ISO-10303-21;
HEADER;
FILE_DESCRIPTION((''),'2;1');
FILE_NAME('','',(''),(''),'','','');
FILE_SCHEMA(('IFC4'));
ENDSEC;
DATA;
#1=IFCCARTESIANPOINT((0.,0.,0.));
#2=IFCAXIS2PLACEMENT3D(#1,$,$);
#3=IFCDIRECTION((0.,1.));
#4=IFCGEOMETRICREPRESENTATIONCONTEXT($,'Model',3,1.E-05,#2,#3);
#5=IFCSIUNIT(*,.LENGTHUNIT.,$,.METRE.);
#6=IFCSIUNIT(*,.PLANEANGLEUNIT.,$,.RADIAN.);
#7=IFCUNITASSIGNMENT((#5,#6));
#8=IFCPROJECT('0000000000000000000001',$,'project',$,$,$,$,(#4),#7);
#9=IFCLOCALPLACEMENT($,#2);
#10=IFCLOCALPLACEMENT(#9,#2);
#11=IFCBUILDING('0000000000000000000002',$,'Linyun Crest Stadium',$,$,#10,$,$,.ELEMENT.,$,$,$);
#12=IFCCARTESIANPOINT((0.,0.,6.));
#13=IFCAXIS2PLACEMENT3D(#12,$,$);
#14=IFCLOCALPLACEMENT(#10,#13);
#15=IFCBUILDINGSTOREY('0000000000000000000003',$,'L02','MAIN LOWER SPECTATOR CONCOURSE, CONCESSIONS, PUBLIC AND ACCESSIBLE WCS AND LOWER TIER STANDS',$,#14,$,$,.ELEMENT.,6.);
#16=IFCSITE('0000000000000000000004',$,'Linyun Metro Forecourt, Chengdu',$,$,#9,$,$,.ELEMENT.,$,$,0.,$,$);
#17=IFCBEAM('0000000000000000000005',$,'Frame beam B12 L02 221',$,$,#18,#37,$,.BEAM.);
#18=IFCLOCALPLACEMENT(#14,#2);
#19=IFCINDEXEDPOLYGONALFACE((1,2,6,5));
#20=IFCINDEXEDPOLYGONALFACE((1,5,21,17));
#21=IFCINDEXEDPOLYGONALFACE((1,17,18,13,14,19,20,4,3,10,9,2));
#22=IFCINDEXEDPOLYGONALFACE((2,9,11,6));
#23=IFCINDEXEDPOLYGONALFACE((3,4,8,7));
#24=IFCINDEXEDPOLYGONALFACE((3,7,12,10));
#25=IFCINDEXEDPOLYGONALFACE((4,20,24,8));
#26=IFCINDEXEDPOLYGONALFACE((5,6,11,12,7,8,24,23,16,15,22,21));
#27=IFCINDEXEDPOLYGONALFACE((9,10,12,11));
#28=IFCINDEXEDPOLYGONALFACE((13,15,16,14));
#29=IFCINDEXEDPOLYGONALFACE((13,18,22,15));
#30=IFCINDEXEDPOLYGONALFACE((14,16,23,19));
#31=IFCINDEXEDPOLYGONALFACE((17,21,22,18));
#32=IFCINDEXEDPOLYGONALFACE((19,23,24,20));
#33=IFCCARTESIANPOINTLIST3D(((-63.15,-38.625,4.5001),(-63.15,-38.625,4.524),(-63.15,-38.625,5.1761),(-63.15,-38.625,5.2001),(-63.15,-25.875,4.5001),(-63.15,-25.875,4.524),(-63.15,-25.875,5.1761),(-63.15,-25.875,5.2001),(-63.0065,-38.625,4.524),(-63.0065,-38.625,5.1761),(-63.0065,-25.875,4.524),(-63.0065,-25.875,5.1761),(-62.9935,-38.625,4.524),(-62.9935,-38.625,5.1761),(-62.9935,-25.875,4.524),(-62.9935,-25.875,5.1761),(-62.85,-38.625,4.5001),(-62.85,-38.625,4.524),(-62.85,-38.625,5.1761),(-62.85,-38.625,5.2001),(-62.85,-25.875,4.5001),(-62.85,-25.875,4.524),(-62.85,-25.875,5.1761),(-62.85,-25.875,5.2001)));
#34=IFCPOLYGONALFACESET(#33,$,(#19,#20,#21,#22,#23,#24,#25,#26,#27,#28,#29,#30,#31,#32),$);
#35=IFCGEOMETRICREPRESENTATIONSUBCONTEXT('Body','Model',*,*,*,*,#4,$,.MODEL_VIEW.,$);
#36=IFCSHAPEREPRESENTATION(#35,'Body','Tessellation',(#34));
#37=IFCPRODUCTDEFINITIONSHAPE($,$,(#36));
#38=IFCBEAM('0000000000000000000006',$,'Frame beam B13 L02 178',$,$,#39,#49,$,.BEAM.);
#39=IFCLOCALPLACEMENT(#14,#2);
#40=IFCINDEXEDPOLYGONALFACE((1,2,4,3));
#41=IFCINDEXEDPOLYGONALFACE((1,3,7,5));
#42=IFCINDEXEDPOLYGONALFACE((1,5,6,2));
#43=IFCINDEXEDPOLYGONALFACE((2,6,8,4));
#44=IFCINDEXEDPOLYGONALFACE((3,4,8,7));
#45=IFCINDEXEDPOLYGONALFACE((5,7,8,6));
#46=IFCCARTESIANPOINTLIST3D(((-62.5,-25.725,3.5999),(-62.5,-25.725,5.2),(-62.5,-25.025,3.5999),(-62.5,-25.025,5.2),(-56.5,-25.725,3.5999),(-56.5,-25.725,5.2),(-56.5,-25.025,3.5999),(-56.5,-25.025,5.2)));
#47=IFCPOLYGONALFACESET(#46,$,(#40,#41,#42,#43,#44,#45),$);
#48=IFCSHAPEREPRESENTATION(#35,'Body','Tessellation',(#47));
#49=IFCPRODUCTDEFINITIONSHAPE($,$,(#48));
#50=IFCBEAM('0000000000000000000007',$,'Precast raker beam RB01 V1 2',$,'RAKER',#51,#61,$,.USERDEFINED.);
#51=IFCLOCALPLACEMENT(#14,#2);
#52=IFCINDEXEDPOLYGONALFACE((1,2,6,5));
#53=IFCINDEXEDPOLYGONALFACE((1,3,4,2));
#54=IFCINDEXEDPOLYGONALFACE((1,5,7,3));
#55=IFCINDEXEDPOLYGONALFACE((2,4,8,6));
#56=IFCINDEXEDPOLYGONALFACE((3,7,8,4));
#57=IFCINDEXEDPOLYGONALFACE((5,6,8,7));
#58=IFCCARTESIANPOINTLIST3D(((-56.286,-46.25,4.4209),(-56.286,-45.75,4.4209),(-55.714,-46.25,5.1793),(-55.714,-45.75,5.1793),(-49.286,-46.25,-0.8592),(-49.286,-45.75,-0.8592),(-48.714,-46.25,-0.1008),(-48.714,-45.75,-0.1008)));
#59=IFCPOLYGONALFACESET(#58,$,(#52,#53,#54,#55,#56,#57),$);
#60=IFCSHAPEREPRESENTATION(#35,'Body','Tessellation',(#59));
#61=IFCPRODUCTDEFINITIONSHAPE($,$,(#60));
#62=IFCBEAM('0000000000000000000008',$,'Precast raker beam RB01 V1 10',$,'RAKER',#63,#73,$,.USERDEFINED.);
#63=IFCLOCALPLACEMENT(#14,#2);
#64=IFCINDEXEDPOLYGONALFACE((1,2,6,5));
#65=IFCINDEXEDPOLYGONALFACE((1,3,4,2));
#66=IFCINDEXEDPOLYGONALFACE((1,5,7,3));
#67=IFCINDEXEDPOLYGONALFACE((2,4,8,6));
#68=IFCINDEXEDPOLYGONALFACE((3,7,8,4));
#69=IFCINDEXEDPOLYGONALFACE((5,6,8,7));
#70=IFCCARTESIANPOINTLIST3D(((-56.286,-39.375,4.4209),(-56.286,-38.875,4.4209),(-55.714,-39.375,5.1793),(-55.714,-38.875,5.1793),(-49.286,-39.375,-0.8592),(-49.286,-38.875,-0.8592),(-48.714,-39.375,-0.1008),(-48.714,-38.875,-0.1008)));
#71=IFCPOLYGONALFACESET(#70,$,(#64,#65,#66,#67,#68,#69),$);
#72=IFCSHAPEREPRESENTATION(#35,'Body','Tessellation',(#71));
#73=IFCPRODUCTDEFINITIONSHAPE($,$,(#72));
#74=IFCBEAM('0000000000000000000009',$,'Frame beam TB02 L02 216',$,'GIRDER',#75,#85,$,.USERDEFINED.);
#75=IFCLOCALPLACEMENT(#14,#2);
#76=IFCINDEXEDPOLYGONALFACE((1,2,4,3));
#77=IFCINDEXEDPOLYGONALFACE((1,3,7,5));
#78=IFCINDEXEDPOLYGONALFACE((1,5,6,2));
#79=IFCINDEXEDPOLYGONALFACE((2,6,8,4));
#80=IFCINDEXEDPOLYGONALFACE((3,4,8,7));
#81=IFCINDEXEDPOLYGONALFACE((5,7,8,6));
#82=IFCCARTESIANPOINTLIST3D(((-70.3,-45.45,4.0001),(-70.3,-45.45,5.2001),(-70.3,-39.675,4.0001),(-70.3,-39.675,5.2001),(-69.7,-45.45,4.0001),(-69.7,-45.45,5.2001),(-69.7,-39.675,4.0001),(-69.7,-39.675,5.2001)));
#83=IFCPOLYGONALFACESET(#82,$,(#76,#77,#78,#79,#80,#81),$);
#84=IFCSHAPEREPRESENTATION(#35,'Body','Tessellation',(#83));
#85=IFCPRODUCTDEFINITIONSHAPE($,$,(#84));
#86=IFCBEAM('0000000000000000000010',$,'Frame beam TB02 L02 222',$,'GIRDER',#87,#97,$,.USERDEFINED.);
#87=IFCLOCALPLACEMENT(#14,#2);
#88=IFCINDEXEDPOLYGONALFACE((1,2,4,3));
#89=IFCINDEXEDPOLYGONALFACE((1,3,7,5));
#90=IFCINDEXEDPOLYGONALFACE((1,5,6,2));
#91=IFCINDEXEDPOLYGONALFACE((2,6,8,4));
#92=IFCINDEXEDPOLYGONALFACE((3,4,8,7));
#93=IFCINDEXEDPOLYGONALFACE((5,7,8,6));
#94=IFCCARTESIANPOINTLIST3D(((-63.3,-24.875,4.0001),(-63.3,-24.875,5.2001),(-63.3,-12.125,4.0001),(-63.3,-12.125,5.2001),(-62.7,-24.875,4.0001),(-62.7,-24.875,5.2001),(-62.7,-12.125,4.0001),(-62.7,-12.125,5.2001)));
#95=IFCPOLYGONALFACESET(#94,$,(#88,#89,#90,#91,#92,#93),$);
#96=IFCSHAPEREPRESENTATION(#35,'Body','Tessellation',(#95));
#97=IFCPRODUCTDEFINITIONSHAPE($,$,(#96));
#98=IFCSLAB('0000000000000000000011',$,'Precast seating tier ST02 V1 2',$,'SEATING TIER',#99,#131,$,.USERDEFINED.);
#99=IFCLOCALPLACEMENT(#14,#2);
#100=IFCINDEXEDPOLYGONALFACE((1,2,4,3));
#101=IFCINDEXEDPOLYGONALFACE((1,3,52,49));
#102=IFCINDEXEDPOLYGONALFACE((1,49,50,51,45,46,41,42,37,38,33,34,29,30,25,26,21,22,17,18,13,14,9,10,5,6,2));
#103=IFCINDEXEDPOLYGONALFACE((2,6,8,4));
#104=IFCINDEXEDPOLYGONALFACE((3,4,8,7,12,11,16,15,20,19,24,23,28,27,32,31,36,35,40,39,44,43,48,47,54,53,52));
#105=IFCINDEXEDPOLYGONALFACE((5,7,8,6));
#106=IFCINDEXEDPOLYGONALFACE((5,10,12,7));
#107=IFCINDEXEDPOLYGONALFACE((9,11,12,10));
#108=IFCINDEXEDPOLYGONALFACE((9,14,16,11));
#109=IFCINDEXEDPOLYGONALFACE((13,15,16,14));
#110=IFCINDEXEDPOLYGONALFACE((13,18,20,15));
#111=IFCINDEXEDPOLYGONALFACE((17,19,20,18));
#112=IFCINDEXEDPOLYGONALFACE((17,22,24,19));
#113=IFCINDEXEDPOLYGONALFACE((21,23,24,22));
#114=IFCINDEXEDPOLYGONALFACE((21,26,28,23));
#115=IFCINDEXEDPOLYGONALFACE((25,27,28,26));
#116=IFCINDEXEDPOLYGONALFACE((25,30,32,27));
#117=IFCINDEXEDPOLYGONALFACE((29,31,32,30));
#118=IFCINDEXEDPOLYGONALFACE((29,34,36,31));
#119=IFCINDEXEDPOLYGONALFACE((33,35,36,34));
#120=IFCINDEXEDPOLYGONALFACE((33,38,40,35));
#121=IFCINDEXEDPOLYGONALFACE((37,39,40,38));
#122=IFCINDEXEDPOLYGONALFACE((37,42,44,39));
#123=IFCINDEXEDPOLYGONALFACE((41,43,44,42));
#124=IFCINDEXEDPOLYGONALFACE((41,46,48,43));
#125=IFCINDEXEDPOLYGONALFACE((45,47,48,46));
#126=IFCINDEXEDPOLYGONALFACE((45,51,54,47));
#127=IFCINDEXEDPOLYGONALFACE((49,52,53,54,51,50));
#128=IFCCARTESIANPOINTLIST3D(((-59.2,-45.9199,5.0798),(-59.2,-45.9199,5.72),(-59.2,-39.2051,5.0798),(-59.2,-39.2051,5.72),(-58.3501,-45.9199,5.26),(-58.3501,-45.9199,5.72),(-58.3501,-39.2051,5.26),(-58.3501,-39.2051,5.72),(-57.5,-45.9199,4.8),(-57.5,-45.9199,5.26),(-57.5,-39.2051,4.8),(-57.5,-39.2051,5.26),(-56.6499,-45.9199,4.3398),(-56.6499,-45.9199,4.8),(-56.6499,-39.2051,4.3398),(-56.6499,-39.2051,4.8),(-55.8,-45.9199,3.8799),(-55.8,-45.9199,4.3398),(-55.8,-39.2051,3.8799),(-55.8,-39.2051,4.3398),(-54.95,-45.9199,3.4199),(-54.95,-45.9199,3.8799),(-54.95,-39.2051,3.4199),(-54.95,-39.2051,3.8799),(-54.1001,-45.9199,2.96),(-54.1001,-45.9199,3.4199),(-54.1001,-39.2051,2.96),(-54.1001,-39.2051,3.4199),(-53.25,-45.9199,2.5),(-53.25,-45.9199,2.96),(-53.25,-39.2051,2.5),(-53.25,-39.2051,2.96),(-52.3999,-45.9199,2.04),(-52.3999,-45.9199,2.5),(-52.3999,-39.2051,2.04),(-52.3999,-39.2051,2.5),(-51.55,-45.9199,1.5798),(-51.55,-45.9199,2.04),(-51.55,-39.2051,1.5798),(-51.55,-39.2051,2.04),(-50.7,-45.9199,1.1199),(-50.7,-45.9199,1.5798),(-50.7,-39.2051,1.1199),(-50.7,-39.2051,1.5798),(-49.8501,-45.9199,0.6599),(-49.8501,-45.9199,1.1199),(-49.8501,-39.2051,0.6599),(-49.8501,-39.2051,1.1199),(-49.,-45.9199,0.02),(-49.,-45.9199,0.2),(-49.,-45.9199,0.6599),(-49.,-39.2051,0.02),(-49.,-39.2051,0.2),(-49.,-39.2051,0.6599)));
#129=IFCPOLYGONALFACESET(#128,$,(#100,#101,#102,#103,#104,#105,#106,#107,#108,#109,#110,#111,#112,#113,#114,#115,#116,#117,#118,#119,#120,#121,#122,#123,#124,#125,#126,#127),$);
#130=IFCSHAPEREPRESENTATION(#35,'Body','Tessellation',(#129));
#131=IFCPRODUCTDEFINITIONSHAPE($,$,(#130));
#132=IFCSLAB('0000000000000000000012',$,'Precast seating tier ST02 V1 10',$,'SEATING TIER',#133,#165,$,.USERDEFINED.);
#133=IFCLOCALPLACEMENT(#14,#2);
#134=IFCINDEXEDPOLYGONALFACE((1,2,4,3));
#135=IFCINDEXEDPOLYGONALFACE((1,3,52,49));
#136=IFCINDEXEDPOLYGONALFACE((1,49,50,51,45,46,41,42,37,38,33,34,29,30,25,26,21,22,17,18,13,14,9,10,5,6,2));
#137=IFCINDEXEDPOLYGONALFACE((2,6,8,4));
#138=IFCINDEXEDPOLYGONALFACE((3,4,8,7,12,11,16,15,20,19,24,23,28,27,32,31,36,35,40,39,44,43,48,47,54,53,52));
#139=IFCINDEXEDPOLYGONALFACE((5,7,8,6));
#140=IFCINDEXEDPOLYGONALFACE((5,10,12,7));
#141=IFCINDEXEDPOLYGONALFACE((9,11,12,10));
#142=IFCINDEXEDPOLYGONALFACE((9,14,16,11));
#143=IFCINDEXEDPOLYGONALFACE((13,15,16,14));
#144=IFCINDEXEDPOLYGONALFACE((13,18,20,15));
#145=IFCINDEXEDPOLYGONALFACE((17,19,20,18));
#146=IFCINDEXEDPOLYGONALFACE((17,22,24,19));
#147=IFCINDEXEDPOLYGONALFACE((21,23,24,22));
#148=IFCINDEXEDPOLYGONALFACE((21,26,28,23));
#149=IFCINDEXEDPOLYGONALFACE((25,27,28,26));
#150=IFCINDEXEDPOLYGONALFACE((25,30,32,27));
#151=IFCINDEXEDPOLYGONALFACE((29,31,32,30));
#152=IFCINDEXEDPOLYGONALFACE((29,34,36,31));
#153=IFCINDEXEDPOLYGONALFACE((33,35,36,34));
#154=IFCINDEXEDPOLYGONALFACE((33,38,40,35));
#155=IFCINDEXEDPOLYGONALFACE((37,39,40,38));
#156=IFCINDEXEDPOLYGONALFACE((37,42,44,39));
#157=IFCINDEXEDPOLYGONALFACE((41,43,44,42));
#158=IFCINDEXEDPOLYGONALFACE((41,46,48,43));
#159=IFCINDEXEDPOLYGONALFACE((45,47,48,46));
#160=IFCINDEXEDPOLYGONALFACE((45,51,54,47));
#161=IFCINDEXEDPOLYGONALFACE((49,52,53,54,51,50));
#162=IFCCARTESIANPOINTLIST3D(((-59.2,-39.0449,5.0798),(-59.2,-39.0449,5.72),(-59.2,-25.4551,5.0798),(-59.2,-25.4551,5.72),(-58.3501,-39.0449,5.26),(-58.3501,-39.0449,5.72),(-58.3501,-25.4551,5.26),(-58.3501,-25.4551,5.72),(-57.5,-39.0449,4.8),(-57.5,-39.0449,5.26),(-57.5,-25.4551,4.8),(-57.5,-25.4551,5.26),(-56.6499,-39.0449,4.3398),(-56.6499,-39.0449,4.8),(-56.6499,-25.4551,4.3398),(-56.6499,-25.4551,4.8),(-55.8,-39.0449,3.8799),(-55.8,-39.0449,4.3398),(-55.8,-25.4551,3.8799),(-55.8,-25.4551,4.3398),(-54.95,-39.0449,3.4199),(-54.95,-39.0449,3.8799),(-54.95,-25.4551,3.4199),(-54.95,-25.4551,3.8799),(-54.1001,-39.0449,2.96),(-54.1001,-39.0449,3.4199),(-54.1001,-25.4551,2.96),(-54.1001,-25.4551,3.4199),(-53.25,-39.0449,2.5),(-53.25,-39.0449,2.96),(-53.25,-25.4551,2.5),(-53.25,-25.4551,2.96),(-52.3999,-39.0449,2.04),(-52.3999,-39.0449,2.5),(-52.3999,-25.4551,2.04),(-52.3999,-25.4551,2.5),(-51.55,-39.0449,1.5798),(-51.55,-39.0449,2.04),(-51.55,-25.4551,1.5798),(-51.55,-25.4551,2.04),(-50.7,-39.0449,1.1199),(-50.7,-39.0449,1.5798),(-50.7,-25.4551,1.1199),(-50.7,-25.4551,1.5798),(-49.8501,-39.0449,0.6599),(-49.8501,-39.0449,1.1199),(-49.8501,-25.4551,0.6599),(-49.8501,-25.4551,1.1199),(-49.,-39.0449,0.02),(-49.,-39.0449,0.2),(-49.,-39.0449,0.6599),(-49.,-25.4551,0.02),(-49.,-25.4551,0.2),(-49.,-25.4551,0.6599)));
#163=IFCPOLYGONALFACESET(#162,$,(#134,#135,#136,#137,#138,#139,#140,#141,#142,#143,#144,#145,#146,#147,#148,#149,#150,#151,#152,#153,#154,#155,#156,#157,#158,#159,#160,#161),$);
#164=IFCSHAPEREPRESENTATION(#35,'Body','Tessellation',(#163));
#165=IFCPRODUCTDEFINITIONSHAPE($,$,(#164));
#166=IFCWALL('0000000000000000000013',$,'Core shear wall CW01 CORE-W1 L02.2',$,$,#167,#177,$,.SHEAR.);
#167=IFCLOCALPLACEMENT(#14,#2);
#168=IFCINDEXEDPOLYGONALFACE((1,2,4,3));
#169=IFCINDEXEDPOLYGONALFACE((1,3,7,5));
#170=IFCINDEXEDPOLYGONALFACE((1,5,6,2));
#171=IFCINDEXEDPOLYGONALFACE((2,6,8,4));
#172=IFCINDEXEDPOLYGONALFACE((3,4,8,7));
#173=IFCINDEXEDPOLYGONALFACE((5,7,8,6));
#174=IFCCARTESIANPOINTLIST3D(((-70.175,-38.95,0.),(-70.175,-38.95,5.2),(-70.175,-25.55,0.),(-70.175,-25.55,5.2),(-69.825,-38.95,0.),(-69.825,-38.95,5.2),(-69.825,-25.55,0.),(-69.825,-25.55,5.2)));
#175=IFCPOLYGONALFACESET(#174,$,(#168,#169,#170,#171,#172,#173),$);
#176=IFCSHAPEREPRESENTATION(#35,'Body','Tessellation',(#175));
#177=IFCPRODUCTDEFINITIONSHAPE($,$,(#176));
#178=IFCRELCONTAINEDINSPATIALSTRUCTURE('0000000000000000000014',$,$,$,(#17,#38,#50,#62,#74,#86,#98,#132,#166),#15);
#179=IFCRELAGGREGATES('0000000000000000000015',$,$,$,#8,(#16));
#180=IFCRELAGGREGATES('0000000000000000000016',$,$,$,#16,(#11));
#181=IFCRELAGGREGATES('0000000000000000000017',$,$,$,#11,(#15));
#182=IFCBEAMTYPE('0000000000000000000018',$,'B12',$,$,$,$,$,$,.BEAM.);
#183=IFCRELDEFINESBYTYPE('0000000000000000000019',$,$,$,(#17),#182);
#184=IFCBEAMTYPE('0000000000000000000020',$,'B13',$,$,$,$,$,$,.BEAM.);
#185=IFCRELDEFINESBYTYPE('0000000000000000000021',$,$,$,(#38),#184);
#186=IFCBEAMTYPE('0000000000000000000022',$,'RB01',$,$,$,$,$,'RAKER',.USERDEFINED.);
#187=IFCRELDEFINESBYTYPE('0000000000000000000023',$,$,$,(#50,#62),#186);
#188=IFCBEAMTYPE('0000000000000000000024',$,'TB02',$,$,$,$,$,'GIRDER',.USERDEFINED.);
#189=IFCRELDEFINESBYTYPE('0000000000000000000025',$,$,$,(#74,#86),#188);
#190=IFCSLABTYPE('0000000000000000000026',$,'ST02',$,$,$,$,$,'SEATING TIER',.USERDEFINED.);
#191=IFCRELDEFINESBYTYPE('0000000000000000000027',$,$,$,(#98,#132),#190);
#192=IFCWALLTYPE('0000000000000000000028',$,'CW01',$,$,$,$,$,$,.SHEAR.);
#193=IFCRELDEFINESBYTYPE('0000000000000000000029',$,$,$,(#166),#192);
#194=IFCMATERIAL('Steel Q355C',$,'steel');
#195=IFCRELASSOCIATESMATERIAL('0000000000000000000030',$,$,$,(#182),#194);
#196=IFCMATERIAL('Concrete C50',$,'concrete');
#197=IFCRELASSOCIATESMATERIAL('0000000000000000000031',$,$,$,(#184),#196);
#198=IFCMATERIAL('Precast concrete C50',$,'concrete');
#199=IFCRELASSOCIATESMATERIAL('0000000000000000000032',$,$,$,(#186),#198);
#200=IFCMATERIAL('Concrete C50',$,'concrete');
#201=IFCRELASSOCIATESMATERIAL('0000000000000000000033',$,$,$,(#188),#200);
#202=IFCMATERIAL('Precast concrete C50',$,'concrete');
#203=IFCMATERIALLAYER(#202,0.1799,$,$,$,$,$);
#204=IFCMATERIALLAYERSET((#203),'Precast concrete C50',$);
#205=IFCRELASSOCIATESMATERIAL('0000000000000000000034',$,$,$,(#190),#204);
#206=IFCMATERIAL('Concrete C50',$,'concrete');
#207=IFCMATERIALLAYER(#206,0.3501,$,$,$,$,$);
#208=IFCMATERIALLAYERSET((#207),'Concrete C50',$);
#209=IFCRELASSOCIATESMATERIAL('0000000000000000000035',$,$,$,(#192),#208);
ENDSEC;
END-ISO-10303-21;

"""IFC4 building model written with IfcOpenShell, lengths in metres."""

from ifc_helpers import new_model, si_unit, direction, frame, frame_2d, origin, origin_2d, place, context, subcontext, project, spatial, polyline, rectangle, i_section, outline, extrude, material, layer, layer_set, material_profile, profile_set, type_object, element, save


model = new_model("IFC4")

# Units and contexts
model_context = context("Model", 3, precision=1e-05, world=origin(), true_north=direction((0.0, 1.0)))
body_context = subcontext(model_context, "Body", "Model", "MODEL_VIEW")
ifc_project = project(units=[si_unit("LENGTHUNIT", "METRE"), si_unit("PLANEANGLEUNIT", "RADIAN")], contexts=[model_context])

# Site, building, storey
site_placement = place(None, origin())
site = spatial("IfcSite", under=ifc_project, at=site_placement, Name="Linyun Metro Forecourt, Chengdu", CompositionType="ELEMENT", RefElevation=0.0)
building_placement = place(site_placement, origin())
building = spatial("IfcBuilding", under=site, at=building_placement, Name="Linyun Crest Stadium", CompositionType="ELEMENT")
storey_placement = place(building_placement, frame((0.0, 0.0, 6.0)))
storey = spatial("IfcBuildingStorey", under=building, at=storey_placement, Name="L02", Description="MAIN LOWER SPECTATOR CONCOURSE, CONCESSIONS, PUBLIC AND ACCESSIBLE WCS AND LOWER TIER STANDS", CompositionType="ELEMENT", Elevation=6.0)

# Beams
ifc_material_1 = material(Name="Steel Q355C", Category="steel")
ifc_material_profile_1 = material_profile(ifc_material_1, i_section(OverallWidth=0.3, OverallDepth=0.7, WebThickness=0.0129, FlangeThickness=0.0239, at=origin_2d()), Name="HN 700x300")
ifc_profile_set_1 = profile_set([ifc_material_profile_1], Name="Steel Q355C")
beam_type_1 = type_object("IfcBeamType", Name="B12", PredefinedType="BEAM", material=ifc_profile_set_1)
beam_1_placement = place(storey_placement, frame((-63.0, -38.625, 4.8501), z_axis=(0.0, 1.0, 0.0), x_axis=(-1.0, 0.0, 0.0)))
element("IfcBeam", 1, at=beam_1_placement, inside=storey, type_object=beam_type_1, Name="Frame beam B12 L02 221", PredefinedType="BEAM", context=body_context, shape_type="SweptSolid", body=[
    extrude(i_section(OverallWidth=0.3, OverallDepth=0.7, WebThickness=0.0129, FlangeThickness=0.0239, at=origin_2d()), origin(), (0.0, 0.0, 1.0), 12.75),
])
ifc_material_2 = material(Name="Concrete C50", Category="concrete")
ifc_material_profile_2 = material_profile(ifc_material_2, rectangle(XDim=0.7, YDim=1.6001, at=origin_2d()), Name="RCB 1600x700")
ifc_profile_set_2 = profile_set([ifc_material_profile_2], Name="Concrete C50")
beam_type_2 = type_object("IfcBeamType", Name="B13", PredefinedType="BEAM", material=ifc_profile_set_2)
beam_2_placement = place(storey_placement, frame((-62.5, -25.375, 4.3999), z_axis=(1.0, 0.0, 0.0), x_axis=(0.0, 1.0, 0.0)))
element("IfcBeam", 2, at=beam_2_placement, inside=storey, type_object=beam_type_2, Name="Frame beam B13 L02 178", PredefinedType="BEAM", context=body_context, shape_type="SweptSolid", body=[
    extrude(rectangle(XDim=0.7, YDim=1.6001, at=origin_2d()), origin(), (0.0, 0.0, 1.0), 6.0),
])
ifc_material_3 = material(Name="Precast concrete C50", Category="concrete")
ifc_material_profile_3 = material_profile(ifc_material_3, rectangle(XDim=0.5, YDim=0.95, at=origin_2d()), Name="PCR 950x500")
ifc_profile_set_3 = profile_set([ifc_material_profile_3], Name="Precast concrete C50")
beam_type_3 = type_object("IfcBeamType", Name="RB01", ElementType="RAKER", PredefinedType="USERDEFINED", material=ifc_profile_set_3)
for number, where, z_axis, x_axis, name in (
    (3, (-49.0, -46.0, -0.48), (-0.798353, 0.0, 0.60219), (0.0, -1.0, 0.0), "Precast raker beam RB01 V1 2"),
    (4, (-49.0, -39.125, -0.48), (-0.798353, 0.0, 0.60219), (0.0, -1.0, 0.0), "Precast raker beam RB01 V1 10"),
):
    element("IfcBeam", number, at=place(storey_placement, frame(where, z_axis=z_axis, x_axis=x_axis)), inside=storey, type_object=beam_type_3, Name=name, ObjectType="RAKER", PredefinedType="USERDEFINED", context=body_context, shape_type="SweptSolid", body=[
        extrude(rectangle(XDim=0.5, YDim=0.95, at=origin_2d()), origin(), (0.0, 0.0, 1.0), 8.7681),
    ])
ifc_material_4 = material(Name="Concrete C50", Category="concrete")
ifc_material_profile_4 = material_profile(ifc_material_4, rectangle(XDim=0.6001, YDim=1.2, at=origin_2d()), Name="RCB 1200x600")
ifc_profile_set_4 = profile_set([ifc_material_profile_4], Name="Concrete C50")
beam_type_4 = type_object("IfcBeamType", Name="TB02", ElementType="GIRDER", PredefinedType="USERDEFINED", material=ifc_profile_set_4)
beam_3_placement = place(storey_placement, frame((-70.0, -45.45, 4.6001), z_axis=(0.0, 1.0, 0.0), x_axis=(-1.0, 0.0, 0.0)))
element("IfcBeam", 5, at=beam_3_placement, inside=storey, type_object=beam_type_4, Name="Frame beam TB02 L02 216", ObjectType="GIRDER", PredefinedType="USERDEFINED", context=body_context, shape_type="SweptSolid", body=[
    extrude(rectangle(XDim=0.6001, YDim=1.2, at=origin_2d()), origin(), (0.0, 0.0, 1.0), 5.7749),
])
beam_4_placement = place(storey_placement, frame((-63.0, -24.875, 4.6001), z_axis=(0.0, 1.0, 0.0), x_axis=(-1.0, 0.0, 0.0)))
element("IfcBeam", 6, at=beam_4_placement, inside=storey, type_object=beam_type_4, Name="Frame beam TB02 L02 222", ObjectType="GIRDER", PredefinedType="USERDEFINED", context=body_context, shape_type="SweptSolid", body=[
    extrude(rectangle(XDim=0.6001, YDim=1.2, at=origin_2d()), origin(), (0.0, 0.0, 1.0), 12.75),
])

# Slabs
ifc_material_5 = material(Name="Precast concrete C50", Category="concrete")
ifc_layer_1 = layer(ifc_material_5, 0.1799)
ifc_layer_set_1 = layer_set([ifc_layer_1], Name="Precast concrete C50")
slab_type = type_object("IfcSlabType", Name="ST02", ElementType="SEATING TIER", PredefinedType="USERDEFINED", material=ifc_layer_set_1)
slab_1_placement = place(storey_placement, frame((-49.0, -45.9199, 0.2), z_axis=(0.0, 0.0, 1.0), x_axis=(-1.0, 0.0, 0.0)))
element("IfcSlab", 7, at=slab_1_placement, inside=storey, type_object=slab_type, Name="Precast seating tier ST02 V1 2", ObjectType="SEATING TIER", PredefinedType="USERDEFINED", context=body_context, shape_type="SweptSolid", body=[
    extrude(outline(polyline([(0.0, 0.0), (0.0, 0.46), (0.8501, 0.46), (0.8501, 0.9199), (1.7, 0.9199), (1.7, 1.3799), (2.55, 1.3799), (2.55, 1.8401), (3.3999, 1.8401), (3.3999, 2.3), (4.25, 2.3), (4.25, 2.76), (5.1001, 2.76), (5.1001, 3.22), (5.95, 3.22), (5.95, 3.6799), (6.8, 3.6799), (6.8, 4.1399), (7.6499, 4.1399), (7.6499, 4.6001), (8.5, 4.6001), (8.5, 5.0601), (9.3501, 5.0601), (9.3501, 5.52), (10.2, 5.52), (10.2, 4.8799), (0.0, -0.1799), (0.0, 0.0)])), frame((0.0, 0.0, 0.0), z_axis=(0.0, -1.0, 0.0), x_axis=(1.0, 0.0, 0.0)), (0.0, 0.0, 1.0), 6.7148),
])
slab_2_placement = place(storey_placement, frame((-49.0, -39.0449, 0.2), z_axis=(0.0, 0.0, 1.0), x_axis=(-1.0, 0.0, 0.0)))
element("IfcSlab", 8, at=slab_2_placement, inside=storey, type_object=slab_type, Name="Precast seating tier ST02 V1 10", ObjectType="SEATING TIER", PredefinedType="USERDEFINED", context=body_context, shape_type="SweptSolid", body=[
    extrude(outline(polyline([(0.0, 0.0), (0.0, 0.46), (0.8501, 0.46), (0.8501, 0.9199), (1.7, 0.9199), (1.7, 1.3799), (2.55, 1.3799), (2.55, 1.8401), (3.3999, 1.8401), (3.3999, 2.3), (4.25, 2.3), (4.25, 2.76), (5.1001, 2.76), (5.1001, 3.22), (5.95, 3.22), (5.95, 3.6799), (6.8, 3.6799), (6.8, 4.1399), (7.6499, 4.1399), (7.6499, 4.6001), (8.5, 4.6001), (8.5, 5.0601), (9.3501, 5.0601), (9.3501, 5.52), (10.2, 5.52), (10.2, 4.8799), (0.0, -0.1799), (0.0, 0.0)])), frame((0.0, 0.0, 0.0), z_axis=(0.0, -1.0, 0.0), x_axis=(1.0, 0.0, 0.0)), (0.0, 0.0, 1.0), 13.5898),
])

# Wall
ifc_material_6 = material(Name="Concrete C50", Category="concrete")
ifc_layer_2 = layer(ifc_material_6, 0.3501)
ifc_layer_set_2 = layer_set([ifc_layer_2], Name="Concrete C50")
wall_type_1 = type_object("IfcWallType", Name="CW01", PredefinedType="SHEAR", material=ifc_layer_set_2)
wall_1_placement = place(storey_placement, frame((-70.0, -38.95, 0.0), z_axis=(0.0, 0.0, 1.0), x_axis=(0.0, 1.0, 0.0)))
element("IfcWall", 9, at=wall_1_placement, inside=storey, type_object=wall_type_1, Name="Core shear wall CW01 CORE-W1 L02.2", PredefinedType="SHEAR", context=body_context, shape_type="SweptSolid", body=[
    extrude(rectangle(XDim=13.3999, YDim=0.3501, at=frame_2d((6.7, 0.0))), origin(), (0.0, 0.0, 1.0), 5.2),
])

save(model, "model.ifc")
